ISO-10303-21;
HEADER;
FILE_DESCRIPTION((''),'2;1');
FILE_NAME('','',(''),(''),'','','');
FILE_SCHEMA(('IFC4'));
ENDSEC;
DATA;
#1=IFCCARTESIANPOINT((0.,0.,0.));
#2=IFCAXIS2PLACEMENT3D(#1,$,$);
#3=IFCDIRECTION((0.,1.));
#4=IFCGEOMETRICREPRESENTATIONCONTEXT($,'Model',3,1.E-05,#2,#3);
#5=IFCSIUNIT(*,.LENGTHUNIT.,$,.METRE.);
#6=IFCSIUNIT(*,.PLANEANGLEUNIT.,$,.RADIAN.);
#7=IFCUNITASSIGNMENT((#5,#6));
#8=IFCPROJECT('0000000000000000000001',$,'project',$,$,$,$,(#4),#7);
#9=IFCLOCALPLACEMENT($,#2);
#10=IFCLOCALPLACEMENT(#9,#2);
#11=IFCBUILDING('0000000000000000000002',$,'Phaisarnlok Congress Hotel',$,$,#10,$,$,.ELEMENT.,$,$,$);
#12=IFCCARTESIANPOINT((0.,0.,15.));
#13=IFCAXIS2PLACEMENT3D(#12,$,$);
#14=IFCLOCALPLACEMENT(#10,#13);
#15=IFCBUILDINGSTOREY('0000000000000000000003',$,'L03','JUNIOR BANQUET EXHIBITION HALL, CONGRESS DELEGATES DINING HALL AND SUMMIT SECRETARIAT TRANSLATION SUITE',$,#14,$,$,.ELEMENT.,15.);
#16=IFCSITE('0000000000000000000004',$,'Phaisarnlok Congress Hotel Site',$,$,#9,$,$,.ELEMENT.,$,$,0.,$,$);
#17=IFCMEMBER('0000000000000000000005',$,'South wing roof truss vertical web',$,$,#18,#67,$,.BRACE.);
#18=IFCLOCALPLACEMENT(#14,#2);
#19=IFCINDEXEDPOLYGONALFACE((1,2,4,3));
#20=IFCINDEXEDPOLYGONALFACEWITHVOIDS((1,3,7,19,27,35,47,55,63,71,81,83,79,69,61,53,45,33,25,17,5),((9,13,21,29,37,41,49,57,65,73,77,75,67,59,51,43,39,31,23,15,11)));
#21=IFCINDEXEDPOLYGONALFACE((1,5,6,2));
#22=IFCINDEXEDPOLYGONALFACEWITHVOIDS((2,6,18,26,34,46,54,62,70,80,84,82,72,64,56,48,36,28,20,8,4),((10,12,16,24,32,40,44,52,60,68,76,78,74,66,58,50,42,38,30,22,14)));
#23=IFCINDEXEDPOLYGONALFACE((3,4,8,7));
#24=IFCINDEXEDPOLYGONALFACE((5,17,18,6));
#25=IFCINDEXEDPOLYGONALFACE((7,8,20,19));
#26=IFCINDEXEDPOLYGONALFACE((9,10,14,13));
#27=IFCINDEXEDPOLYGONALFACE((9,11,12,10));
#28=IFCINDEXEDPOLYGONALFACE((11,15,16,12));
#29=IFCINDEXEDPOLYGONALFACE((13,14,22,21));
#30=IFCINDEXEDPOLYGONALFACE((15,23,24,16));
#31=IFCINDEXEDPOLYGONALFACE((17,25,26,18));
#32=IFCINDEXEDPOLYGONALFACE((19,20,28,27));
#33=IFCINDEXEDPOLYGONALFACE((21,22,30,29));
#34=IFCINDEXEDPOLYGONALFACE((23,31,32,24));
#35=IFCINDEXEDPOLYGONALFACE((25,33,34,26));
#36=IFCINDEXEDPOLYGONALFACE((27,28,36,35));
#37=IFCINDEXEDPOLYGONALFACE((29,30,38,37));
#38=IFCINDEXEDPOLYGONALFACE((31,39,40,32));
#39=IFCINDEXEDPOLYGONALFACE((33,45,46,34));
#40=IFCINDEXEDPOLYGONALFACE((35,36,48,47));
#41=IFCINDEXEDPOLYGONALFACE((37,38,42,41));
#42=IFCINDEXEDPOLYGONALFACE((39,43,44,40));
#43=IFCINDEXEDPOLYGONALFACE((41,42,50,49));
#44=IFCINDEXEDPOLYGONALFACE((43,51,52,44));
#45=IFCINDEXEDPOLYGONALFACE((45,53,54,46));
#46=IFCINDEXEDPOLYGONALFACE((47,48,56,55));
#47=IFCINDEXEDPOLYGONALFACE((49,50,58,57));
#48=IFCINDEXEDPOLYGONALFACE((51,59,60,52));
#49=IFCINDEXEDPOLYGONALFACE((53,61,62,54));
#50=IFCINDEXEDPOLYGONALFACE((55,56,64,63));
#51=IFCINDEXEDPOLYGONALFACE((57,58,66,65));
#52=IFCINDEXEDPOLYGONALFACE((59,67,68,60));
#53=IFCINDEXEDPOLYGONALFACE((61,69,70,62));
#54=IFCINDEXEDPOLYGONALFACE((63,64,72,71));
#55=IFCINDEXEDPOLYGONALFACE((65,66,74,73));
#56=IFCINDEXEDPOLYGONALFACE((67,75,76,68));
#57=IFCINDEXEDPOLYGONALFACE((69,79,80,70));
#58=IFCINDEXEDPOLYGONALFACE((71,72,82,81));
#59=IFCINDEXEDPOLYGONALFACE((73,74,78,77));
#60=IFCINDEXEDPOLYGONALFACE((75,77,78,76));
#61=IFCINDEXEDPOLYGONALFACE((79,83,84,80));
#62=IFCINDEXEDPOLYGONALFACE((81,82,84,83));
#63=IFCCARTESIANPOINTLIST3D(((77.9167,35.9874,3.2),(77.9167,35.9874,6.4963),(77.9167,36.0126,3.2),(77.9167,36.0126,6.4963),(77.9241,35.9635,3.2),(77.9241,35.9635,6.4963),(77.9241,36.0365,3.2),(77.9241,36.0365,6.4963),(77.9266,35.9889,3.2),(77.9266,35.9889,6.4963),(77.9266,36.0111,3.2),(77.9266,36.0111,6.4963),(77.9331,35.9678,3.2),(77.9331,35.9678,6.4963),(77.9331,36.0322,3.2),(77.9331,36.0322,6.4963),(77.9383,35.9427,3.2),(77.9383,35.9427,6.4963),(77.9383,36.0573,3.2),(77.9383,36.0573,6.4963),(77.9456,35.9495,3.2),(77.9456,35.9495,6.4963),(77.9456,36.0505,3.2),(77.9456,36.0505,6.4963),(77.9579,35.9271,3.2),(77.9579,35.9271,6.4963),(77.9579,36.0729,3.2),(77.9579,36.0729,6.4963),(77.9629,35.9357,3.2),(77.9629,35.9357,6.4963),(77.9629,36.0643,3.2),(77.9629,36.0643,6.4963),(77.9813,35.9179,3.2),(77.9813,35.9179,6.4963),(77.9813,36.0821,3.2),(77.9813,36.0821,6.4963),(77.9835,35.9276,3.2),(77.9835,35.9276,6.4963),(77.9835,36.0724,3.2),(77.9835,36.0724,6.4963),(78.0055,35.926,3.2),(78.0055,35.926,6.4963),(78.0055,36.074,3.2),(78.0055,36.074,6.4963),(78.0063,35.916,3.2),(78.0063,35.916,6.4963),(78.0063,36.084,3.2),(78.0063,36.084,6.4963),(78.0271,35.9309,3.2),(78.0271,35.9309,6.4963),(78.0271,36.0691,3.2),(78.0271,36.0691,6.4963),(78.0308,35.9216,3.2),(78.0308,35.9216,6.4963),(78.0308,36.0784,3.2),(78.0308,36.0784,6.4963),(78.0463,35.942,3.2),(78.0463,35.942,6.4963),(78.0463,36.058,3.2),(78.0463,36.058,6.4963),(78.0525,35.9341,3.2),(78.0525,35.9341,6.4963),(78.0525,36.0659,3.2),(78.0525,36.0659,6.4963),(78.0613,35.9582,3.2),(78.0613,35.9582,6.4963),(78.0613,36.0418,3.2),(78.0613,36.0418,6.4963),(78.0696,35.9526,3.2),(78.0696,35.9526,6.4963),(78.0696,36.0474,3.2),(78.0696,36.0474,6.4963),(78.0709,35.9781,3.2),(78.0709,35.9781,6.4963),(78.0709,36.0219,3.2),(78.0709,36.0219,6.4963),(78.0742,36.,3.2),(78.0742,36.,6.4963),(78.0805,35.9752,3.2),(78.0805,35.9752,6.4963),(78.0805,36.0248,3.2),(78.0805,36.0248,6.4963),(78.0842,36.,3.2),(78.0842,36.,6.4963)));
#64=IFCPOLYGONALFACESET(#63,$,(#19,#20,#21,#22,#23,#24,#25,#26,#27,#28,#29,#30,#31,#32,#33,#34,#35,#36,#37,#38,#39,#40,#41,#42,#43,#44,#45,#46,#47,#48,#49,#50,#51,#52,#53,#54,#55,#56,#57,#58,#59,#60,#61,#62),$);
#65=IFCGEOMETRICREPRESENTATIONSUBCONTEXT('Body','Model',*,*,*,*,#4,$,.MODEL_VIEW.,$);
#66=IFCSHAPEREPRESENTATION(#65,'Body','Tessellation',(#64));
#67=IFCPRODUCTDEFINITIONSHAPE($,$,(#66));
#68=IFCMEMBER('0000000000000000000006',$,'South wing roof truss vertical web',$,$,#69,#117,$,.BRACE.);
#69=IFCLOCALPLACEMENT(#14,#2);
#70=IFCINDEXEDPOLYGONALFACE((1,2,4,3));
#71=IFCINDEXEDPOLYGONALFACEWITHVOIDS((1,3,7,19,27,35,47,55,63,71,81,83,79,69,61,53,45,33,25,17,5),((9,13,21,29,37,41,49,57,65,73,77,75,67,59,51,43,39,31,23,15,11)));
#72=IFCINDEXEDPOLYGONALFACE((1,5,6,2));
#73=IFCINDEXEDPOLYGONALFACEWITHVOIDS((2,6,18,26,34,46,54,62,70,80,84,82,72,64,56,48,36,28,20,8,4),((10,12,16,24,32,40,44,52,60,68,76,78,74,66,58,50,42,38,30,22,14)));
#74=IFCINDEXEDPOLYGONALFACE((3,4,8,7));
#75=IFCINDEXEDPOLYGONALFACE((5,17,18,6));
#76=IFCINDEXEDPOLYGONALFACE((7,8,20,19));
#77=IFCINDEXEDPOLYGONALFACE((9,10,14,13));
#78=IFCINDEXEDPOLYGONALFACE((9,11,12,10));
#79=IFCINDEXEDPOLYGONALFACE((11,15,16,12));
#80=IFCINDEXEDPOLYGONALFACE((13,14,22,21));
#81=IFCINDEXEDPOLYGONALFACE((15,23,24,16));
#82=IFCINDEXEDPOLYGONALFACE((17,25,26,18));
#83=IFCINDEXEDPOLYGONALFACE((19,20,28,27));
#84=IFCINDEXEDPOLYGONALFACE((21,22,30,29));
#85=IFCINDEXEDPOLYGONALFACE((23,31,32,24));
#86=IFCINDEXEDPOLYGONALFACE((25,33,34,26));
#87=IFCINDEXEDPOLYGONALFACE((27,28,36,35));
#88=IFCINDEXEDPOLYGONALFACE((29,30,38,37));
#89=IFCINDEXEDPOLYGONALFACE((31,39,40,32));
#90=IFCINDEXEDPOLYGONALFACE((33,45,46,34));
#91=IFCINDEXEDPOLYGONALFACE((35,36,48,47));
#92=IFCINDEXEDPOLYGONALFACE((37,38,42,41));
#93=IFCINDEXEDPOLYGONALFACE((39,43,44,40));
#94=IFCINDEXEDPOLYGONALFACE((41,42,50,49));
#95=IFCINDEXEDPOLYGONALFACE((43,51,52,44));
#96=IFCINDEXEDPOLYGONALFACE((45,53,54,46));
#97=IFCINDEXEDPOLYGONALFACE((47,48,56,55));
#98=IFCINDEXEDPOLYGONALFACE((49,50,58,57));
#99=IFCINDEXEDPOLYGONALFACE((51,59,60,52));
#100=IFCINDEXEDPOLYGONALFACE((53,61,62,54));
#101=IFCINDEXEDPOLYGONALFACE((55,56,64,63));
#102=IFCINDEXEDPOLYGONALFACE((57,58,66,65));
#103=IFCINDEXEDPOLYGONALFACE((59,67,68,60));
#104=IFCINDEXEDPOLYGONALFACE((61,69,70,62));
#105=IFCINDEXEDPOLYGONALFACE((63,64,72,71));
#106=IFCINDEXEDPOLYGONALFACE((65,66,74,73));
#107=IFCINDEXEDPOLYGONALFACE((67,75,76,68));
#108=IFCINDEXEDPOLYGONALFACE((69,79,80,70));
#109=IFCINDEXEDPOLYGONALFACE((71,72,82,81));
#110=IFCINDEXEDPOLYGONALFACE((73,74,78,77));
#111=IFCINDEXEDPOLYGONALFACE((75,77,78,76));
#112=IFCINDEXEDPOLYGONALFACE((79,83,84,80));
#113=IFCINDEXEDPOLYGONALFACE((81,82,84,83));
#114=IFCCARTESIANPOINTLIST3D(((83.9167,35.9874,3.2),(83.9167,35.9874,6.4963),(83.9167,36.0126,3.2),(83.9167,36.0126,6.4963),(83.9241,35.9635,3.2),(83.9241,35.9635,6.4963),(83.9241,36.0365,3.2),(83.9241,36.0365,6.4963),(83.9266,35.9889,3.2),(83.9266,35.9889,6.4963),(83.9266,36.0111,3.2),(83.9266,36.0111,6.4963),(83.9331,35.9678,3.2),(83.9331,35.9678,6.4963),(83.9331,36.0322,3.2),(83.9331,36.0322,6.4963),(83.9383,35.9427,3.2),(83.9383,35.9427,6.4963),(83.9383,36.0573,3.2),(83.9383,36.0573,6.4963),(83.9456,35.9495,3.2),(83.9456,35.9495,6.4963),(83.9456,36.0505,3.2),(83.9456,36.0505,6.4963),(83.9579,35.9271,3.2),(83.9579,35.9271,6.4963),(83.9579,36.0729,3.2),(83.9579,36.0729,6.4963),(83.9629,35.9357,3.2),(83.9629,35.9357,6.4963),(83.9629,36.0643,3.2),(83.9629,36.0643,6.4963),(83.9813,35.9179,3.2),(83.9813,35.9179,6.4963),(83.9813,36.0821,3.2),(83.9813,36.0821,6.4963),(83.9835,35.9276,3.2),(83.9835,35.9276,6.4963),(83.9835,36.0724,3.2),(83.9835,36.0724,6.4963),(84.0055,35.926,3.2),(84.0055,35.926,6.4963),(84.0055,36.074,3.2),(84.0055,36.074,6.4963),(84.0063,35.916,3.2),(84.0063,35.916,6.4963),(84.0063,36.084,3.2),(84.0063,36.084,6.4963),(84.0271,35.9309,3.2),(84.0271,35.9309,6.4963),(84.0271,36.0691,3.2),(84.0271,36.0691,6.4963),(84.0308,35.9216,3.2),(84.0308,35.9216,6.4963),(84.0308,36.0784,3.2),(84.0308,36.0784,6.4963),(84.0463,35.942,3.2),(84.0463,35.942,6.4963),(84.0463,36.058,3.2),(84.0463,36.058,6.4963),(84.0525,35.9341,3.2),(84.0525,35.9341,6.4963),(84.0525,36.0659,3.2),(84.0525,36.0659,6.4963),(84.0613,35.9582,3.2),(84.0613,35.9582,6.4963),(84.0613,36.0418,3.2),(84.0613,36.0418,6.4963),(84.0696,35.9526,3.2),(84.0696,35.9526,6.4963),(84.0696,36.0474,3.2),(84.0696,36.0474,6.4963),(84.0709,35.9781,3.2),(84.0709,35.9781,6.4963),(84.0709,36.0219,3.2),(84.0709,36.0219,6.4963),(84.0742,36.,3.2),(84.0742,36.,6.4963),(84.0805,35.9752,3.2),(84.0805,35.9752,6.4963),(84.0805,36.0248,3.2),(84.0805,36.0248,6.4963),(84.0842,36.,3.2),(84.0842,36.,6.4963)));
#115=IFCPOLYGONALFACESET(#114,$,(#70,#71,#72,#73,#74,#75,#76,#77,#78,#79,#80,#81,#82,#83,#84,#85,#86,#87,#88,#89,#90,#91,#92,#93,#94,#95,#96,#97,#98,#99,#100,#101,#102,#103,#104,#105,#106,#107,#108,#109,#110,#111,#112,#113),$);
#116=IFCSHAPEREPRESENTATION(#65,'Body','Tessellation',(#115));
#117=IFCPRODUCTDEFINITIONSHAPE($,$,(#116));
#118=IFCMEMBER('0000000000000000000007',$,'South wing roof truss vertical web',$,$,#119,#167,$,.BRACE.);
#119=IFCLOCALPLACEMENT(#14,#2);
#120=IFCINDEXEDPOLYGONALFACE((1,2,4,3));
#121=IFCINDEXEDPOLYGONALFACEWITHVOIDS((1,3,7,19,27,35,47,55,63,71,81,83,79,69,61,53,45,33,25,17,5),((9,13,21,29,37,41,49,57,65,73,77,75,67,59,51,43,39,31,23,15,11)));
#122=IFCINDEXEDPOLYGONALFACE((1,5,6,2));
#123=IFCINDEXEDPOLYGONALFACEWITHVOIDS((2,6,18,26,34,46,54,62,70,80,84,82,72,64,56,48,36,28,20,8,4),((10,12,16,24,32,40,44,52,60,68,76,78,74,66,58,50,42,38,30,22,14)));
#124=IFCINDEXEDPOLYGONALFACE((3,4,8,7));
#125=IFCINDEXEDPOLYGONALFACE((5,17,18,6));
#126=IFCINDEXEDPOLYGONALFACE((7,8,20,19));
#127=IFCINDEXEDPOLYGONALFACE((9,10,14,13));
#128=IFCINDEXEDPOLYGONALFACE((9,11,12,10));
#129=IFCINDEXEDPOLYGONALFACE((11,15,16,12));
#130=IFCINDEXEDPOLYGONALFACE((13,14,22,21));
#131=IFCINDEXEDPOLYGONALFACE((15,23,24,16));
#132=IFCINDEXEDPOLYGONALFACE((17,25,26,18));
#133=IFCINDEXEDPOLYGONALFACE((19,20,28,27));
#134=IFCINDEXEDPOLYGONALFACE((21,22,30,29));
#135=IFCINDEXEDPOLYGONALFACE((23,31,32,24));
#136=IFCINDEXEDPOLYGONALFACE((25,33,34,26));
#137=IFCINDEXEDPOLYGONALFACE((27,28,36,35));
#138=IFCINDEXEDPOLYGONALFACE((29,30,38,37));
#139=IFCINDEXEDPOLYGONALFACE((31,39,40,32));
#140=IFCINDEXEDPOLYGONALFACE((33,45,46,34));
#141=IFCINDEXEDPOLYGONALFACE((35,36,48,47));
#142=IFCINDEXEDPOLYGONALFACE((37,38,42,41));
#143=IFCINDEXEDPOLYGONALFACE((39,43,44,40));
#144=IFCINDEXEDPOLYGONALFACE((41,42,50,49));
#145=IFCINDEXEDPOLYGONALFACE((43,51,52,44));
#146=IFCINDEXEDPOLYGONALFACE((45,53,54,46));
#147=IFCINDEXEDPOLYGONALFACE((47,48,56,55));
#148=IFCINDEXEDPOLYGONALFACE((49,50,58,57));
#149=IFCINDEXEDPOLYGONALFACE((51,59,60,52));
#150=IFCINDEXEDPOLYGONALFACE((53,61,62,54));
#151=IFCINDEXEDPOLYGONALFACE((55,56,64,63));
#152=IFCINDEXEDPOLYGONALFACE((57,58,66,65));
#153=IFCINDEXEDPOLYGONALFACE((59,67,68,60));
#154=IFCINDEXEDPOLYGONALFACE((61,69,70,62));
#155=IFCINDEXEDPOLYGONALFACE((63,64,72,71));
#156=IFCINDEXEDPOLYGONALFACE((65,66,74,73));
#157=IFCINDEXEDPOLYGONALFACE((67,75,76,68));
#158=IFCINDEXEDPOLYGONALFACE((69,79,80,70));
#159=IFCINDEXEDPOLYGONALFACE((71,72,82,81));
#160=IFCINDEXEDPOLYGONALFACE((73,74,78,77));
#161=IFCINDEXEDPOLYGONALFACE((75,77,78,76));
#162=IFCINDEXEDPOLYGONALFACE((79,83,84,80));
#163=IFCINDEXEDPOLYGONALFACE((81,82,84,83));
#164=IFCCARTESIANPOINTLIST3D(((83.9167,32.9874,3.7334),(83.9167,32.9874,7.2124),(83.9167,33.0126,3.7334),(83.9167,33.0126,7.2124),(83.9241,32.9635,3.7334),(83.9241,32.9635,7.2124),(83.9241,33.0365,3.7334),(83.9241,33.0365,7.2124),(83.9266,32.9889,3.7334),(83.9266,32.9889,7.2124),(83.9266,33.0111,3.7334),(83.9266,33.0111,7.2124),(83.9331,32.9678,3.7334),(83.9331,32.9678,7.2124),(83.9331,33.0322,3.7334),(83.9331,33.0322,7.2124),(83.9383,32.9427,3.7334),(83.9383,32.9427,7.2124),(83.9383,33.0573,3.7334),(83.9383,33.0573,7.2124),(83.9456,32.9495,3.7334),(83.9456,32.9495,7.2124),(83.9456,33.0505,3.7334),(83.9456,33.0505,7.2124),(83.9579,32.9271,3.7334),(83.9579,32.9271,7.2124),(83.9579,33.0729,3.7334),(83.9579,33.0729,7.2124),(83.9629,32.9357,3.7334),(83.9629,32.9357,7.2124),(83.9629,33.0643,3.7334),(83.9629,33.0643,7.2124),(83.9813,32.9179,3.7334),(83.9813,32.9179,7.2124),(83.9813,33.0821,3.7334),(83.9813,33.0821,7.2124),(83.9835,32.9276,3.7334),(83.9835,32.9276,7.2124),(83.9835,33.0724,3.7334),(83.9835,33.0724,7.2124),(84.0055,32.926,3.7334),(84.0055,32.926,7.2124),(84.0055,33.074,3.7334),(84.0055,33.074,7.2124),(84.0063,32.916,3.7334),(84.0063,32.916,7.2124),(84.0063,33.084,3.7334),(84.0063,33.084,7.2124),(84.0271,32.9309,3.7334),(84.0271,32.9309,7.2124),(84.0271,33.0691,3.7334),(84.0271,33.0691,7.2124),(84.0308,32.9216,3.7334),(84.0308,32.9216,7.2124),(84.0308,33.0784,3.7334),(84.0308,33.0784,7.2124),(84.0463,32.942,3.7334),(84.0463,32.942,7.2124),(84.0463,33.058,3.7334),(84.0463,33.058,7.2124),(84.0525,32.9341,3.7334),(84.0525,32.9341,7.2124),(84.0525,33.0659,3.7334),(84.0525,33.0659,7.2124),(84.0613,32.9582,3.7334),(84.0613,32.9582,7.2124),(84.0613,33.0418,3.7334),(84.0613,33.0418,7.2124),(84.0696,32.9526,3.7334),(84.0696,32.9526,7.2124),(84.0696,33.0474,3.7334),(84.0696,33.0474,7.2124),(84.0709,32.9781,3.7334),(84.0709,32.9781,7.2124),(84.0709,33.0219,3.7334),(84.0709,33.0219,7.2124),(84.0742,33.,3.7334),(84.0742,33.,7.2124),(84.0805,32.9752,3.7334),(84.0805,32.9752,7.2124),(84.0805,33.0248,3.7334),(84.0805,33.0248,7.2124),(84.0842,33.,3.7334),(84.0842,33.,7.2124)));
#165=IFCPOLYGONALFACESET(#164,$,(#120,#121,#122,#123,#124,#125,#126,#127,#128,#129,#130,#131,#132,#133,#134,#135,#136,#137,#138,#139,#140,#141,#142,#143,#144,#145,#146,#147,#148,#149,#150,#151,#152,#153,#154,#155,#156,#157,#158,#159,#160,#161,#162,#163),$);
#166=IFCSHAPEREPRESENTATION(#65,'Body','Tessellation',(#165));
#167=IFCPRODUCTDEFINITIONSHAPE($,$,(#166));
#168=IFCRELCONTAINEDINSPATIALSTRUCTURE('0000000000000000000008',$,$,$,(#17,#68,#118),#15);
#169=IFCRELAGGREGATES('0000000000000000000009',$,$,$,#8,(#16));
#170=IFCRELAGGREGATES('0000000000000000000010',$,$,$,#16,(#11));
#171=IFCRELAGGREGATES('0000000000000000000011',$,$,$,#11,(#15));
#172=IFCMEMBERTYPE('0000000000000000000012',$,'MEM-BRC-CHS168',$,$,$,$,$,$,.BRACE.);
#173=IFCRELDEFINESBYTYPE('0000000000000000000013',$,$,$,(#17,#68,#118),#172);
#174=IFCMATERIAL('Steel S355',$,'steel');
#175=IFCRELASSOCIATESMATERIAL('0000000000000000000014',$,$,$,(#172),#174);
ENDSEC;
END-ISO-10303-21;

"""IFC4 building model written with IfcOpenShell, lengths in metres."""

from ifc_helpers import new_model, si_unit, direction, frame, origin, origin_2d, place, context, subcontext, project, spatial, hollow_circle, extrude, material, material_profile, profile_set, type_object, element, save


model = new_model("IFC4")

# Units and contexts
model_context = context("Model", 3, precision=1e-05, world=origin(), true_north=direction((0.0, 1.0)))
body_context = subcontext(model_context, "Body", "Model", "MODEL_VIEW")
ifc_project = project(units=[si_unit("LENGTHUNIT", "METRE"), si_unit("PLANEANGLEUNIT", "RADIAN")], contexts=[model_context])

# Site, building, storey
site_placement = place(None, origin())
site = spatial("IfcSite", under=ifc_project, at=site_placement, Name="Phaisarnlok Congress Hotel Site", CompositionType="ELEMENT", RefElevation=0.0)
building_placement = place(site_placement, origin())
building = spatial("IfcBuilding", under=site, at=building_placement, Name="Phaisarnlok Congress Hotel", CompositionType="ELEMENT")
storey_placement = place(building_placement, frame((0.0, 0.0, 15.0)))
storey = spatial("IfcBuildingStorey", under=building, at=storey_placement, Name="L03", Description="JUNIOR BANQUET EXHIBITION HALL, CONGRESS DELEGATES DINING HALL AND SUMMIT SECRETARIAT TRANSLATION SUITE", CompositionType="ELEMENT", Elevation=15.0)

# Shared definitions
ifc_material_1 = material(Name="Steel S355", Category="steel")

# Members
ifc_material_profile_1 = material_profile(ifc_material_1, hollow_circle(Radius=0.0842, WallThickness=0.01, at=origin_2d()), Name="CHS 168.3x10")
ifc_profile_set_1 = profile_set([ifc_material_profile_1], Name="Steel S355")
member_type_1 = type_object("IfcMemberType", Name="MEM-BRC-CHS168", PredefinedType="BRACE", material=ifc_profile_set_1)
for number, where, z_axis, x_axis, name in (
    (1, (78.0, 36.0, 3.2), (0.0, 0.0, 1.0), (1.0, 0.0, 0.0), "South wing roof truss vertical web"),
    (2, (84.0, 36.0, 3.2), (0.0, 0.0, 1.0), (1.0, 0.0, 0.0), "South wing roof truss vertical web"),
):
    element("IfcMember", number, at=place(storey_placement, frame(where, z_axis=z_axis, x_axis=x_axis)), inside=storey, type_object=member_type_1, Name=name, PredefinedType="BRACE", context=body_context, shape_type="SweptSolid", body=[
        extrude(hollow_circle(Radius=0.0842, WallThickness=0.01, at=origin_2d()), origin(), (0.0, 0.0, 1.0), 3.2964),
    ])
member_1_placement = place(storey_placement, frame((84.0, 33.0, 3.7334), z_axis=(0.0, 0.0, 1.0), x_axis=(1.0, 0.0, 0.0)))
element("IfcMember", 3, at=member_1_placement, inside=storey, type_object=member_type_1, Name="South wing roof truss vertical web", PredefinedType="BRACE", context=body_context, shape_type="SweptSolid", body=[
    extrude(hollow_circle(Radius=0.0842, WallThickness=0.01, at=origin_2d()), origin(), (0.0, 0.0, 1.0), 3.479),
])

save(model, "model.ifc")
